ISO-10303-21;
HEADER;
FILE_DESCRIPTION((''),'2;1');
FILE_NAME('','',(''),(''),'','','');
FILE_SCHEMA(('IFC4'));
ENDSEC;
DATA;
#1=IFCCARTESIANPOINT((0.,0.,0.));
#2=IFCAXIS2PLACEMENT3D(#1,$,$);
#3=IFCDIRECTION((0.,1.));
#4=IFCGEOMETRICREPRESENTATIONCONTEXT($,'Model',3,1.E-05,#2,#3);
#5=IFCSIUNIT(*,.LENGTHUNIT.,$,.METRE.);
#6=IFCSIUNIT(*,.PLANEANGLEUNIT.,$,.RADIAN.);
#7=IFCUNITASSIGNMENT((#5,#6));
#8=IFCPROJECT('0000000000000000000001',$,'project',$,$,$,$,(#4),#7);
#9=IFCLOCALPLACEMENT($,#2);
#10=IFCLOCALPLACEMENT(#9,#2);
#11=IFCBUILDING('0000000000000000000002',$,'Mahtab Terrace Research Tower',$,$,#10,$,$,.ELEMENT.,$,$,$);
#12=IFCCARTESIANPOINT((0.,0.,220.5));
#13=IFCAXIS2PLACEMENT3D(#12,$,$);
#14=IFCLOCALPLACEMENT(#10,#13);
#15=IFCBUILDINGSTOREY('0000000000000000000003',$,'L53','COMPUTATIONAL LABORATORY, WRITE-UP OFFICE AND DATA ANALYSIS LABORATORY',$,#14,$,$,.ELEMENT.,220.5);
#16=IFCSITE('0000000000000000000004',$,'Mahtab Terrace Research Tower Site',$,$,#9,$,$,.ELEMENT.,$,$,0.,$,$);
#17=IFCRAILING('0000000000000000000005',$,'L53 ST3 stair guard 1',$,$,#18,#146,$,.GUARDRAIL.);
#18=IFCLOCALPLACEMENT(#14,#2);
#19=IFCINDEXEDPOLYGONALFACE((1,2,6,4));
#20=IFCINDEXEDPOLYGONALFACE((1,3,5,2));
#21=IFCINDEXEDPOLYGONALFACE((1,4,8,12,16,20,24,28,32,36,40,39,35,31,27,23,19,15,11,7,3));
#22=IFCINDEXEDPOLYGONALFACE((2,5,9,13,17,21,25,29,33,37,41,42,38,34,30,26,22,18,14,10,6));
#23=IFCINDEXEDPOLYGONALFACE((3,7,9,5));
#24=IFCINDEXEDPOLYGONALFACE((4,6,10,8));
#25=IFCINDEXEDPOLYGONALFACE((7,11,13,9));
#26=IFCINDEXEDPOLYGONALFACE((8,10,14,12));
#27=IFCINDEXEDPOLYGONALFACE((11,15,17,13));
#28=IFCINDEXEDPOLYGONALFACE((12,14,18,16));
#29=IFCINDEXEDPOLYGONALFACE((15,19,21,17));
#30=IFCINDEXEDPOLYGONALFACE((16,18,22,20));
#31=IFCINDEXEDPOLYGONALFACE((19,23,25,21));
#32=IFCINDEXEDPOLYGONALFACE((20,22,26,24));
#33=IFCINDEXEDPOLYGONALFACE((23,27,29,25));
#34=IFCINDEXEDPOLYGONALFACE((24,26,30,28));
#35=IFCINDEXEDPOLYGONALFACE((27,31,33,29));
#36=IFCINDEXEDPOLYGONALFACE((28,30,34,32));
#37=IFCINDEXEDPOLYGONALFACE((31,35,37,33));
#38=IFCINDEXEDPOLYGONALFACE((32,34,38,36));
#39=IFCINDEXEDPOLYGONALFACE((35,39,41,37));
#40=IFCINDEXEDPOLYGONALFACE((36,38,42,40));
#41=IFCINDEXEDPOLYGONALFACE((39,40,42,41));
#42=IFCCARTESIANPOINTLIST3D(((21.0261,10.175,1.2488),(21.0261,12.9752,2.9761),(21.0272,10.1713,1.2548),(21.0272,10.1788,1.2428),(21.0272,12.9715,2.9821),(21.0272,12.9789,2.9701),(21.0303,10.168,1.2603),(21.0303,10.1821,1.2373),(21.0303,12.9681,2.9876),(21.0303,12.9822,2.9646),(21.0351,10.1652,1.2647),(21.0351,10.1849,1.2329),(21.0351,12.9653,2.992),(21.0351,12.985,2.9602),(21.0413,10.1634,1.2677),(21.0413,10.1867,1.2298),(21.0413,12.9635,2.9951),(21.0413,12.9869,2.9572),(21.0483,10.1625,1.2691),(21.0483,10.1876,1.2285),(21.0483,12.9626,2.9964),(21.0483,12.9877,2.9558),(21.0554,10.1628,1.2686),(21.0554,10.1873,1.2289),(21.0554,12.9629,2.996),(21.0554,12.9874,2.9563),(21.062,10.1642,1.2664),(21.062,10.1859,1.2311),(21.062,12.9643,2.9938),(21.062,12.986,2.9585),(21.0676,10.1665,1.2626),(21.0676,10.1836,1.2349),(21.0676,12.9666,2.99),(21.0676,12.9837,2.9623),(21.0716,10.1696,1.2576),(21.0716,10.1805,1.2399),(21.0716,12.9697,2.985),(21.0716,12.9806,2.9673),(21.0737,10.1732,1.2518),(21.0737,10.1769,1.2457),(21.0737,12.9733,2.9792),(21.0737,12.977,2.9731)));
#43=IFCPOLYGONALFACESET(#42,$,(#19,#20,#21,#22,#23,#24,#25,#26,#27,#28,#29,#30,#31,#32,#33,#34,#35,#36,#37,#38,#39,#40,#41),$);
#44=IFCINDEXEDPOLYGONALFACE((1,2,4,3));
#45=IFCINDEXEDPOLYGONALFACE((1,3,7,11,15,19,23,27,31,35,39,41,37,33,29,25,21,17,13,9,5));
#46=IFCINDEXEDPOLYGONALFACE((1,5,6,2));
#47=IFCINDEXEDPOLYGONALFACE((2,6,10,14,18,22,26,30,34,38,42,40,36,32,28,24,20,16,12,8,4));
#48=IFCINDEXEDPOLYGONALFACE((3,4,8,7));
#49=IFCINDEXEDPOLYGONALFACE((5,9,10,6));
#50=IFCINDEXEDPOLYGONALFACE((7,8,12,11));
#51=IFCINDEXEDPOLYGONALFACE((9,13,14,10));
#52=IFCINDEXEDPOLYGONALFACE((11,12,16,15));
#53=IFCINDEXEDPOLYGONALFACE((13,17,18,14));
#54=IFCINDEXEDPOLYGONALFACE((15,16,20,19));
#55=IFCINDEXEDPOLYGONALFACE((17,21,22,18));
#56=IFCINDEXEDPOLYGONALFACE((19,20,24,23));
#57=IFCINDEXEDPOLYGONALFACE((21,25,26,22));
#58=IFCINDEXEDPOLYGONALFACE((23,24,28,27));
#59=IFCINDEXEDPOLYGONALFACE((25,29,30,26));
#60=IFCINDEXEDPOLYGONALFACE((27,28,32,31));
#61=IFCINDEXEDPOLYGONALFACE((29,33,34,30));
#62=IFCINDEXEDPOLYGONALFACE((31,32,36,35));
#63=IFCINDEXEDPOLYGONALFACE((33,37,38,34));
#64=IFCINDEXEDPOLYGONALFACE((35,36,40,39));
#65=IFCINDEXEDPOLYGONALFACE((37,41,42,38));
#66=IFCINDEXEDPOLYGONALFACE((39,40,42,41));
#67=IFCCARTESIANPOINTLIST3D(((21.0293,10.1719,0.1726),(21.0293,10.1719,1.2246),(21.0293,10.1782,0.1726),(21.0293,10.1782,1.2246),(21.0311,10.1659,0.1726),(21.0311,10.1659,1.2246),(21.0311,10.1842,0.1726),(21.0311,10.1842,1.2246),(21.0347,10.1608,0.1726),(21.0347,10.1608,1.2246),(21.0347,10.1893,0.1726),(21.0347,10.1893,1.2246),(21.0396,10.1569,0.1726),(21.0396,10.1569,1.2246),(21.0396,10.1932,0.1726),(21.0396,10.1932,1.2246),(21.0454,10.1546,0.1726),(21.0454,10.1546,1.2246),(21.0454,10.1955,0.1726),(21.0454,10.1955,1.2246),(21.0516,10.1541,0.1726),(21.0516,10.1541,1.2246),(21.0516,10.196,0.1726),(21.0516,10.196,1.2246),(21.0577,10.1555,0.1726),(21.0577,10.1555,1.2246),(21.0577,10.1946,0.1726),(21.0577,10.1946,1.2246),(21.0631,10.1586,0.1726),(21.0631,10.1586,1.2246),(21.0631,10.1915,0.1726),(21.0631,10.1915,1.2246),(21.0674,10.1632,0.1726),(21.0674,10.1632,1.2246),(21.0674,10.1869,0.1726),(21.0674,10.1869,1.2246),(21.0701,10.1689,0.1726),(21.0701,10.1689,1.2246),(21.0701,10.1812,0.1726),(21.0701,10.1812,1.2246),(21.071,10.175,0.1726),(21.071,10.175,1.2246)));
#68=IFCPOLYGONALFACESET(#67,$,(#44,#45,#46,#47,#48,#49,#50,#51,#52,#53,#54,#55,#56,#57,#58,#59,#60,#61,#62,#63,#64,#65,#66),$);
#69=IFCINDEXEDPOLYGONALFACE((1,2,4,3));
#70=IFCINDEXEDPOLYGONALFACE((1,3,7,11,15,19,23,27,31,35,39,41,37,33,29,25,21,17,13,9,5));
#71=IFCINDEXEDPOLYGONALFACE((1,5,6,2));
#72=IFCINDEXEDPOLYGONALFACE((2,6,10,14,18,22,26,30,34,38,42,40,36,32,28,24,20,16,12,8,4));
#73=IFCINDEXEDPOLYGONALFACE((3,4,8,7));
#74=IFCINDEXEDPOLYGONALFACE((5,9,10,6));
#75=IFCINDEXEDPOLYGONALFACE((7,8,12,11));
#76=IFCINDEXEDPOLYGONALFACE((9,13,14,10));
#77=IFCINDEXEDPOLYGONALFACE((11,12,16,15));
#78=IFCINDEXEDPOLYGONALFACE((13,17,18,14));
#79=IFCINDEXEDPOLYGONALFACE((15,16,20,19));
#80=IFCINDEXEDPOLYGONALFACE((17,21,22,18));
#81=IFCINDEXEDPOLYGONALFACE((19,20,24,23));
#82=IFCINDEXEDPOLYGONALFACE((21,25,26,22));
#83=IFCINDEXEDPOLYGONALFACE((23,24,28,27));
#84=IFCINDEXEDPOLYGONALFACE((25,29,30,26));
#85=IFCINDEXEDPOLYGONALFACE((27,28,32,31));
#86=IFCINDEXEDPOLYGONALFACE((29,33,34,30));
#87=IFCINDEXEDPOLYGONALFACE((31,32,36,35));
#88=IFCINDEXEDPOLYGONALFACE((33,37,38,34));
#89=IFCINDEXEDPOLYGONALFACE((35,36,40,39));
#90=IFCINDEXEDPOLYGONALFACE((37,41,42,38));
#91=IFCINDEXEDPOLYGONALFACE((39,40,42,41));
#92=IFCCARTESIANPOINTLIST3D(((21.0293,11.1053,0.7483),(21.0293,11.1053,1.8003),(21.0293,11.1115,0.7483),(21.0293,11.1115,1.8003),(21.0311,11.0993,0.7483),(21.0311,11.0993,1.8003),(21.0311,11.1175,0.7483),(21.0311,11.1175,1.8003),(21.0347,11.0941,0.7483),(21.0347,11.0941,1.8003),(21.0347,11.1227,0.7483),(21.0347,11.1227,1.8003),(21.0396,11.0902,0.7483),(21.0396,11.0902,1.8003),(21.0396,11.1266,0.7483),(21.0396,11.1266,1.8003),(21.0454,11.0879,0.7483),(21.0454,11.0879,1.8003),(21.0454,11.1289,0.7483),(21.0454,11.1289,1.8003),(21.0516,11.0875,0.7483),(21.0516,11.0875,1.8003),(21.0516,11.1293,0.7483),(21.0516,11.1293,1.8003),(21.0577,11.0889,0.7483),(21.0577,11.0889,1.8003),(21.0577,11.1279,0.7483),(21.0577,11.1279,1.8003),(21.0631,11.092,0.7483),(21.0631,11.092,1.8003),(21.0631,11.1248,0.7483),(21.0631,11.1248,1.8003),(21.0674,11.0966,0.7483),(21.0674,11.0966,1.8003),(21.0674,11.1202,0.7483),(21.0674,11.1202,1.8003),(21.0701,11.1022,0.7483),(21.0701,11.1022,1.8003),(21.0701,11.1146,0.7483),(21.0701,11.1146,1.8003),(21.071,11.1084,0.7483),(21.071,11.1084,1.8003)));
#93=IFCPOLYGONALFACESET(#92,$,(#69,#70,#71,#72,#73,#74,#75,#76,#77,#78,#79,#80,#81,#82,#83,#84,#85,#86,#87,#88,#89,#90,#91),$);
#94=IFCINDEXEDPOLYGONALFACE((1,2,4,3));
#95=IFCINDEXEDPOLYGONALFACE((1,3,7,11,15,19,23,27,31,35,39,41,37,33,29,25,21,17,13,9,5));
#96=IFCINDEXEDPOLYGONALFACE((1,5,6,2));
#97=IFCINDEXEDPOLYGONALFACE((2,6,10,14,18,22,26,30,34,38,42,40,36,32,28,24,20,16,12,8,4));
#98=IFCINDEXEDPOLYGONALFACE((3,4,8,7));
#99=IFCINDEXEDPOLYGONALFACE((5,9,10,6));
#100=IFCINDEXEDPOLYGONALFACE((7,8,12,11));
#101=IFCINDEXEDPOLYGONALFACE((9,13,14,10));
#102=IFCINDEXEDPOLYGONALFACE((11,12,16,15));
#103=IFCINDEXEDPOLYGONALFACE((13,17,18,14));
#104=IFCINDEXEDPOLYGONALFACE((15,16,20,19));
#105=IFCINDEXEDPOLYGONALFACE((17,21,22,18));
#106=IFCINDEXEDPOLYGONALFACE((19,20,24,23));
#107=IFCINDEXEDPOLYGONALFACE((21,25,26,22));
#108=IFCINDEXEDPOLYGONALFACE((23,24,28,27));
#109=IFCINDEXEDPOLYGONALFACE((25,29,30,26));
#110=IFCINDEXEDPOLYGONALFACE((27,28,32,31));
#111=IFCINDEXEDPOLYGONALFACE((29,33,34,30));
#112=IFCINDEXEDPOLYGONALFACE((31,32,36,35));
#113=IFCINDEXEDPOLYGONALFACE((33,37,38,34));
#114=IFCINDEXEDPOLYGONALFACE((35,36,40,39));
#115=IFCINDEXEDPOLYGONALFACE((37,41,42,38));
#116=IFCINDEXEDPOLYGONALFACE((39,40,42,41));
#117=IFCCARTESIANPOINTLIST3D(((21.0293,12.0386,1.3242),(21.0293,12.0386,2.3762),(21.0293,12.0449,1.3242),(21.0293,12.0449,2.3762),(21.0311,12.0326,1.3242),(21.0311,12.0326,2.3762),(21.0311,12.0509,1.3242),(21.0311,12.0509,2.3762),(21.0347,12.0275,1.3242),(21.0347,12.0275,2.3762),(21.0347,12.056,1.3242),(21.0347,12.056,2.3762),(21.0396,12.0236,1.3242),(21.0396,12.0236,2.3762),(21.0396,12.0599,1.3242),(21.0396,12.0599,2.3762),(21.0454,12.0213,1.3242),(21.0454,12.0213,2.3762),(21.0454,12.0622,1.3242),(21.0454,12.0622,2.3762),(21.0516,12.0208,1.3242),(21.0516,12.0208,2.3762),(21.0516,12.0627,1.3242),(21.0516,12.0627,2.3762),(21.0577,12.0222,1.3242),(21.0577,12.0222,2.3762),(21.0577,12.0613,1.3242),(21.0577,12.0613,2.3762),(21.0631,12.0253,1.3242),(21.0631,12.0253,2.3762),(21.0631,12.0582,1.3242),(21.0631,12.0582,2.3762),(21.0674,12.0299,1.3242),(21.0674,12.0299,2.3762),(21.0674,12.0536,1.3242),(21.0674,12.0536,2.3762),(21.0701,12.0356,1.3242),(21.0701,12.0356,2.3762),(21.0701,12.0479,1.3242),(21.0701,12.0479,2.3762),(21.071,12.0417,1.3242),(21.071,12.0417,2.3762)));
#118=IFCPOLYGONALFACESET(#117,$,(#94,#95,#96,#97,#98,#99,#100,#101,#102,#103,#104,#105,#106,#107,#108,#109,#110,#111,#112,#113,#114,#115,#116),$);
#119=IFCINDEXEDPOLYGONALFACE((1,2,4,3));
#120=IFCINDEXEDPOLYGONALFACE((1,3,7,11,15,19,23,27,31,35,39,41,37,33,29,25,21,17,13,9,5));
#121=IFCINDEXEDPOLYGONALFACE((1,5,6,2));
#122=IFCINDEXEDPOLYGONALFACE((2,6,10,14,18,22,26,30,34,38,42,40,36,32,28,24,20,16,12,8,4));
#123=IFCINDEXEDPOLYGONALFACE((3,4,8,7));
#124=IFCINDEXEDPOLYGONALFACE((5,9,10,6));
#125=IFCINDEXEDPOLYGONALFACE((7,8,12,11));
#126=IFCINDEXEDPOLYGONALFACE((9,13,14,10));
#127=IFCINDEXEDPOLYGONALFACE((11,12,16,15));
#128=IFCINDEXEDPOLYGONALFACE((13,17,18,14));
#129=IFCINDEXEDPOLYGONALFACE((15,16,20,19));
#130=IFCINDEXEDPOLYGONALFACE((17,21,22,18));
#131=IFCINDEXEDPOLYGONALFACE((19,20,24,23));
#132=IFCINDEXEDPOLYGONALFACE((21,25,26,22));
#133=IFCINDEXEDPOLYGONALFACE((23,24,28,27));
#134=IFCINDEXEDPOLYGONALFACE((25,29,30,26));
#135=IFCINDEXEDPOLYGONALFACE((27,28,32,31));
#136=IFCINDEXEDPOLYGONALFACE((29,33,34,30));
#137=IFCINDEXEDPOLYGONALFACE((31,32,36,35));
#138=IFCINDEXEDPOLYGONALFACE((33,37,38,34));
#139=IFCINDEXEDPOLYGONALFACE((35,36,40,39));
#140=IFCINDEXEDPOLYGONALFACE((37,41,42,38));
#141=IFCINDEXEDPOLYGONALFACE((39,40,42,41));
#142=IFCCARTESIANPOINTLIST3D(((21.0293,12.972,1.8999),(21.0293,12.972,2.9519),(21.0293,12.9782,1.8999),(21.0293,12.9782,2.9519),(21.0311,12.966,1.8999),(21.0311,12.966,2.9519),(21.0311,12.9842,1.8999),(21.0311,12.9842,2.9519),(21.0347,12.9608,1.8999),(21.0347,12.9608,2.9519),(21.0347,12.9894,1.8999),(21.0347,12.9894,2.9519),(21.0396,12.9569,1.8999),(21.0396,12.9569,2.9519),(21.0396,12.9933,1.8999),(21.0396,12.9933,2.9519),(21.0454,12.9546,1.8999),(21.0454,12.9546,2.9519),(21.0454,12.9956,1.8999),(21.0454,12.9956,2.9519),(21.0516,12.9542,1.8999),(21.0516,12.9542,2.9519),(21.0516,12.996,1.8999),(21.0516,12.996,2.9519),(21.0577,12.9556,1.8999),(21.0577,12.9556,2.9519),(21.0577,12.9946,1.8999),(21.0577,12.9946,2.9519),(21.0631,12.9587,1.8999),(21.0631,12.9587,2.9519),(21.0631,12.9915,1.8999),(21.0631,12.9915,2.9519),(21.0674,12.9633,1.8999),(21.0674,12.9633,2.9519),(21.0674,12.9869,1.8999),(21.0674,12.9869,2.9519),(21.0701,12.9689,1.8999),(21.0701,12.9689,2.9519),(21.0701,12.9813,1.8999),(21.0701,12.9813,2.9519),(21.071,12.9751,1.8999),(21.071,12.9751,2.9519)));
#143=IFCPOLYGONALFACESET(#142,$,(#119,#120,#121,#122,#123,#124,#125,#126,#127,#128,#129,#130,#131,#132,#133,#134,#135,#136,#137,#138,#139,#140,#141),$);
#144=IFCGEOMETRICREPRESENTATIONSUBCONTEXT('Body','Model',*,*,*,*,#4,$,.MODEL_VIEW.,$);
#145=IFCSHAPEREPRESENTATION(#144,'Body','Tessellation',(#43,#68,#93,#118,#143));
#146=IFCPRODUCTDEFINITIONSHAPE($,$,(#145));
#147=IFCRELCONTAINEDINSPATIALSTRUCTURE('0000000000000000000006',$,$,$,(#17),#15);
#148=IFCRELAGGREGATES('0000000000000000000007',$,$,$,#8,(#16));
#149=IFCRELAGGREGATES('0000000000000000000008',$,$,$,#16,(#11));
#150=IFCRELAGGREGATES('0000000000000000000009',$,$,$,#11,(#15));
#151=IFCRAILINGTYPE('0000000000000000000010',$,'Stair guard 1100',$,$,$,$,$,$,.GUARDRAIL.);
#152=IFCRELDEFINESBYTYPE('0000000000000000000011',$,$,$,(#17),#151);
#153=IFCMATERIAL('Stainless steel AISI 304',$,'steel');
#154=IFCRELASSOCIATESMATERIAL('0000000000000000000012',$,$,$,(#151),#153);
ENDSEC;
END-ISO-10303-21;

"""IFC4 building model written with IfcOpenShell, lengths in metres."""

from ifc_helpers import new_model, si_unit, direction, frame, origin, origin_2d, place, context, subcontext, project, spatial, circle, extrude, material, type_object, element, save


model = new_model("IFC4")

# Units and contexts
model_context = context("Model", 3, precision=1e-05, world=origin(), true_north=direction((0.0, 1.0)))
body_context = subcontext(model_context, "Body", "Model", "MODEL_VIEW")
ifc_project = project(units=[si_unit("LENGTHUNIT", "METRE"), si_unit("PLANEANGLEUNIT", "RADIAN")], contexts=[model_context])

# Site, building, storey
site_placement = place(None, origin())
site = spatial("IfcSite", under=ifc_project, at=site_placement, Name="Mahtab Terrace Research Tower Site", CompositionType="ELEMENT", RefElevation=0.0)
building_placement = place(site_placement, origin())
building = spatial("IfcBuilding", under=site, at=building_placement, Name="Mahtab Terrace Research Tower", CompositionType="ELEMENT")
storey_placement = place(building_placement, frame((0.0, 0.0, 220.5)))
storey = spatial("IfcBuildingStorey", under=building, at=storey_placement, Name="L53", Description="COMPUTATIONAL LABORATORY, WRITE-UP OFFICE AND DATA ANALYSIS LABORATORY", CompositionType="ELEMENT", Elevation=220.5)

# Railing
ifc_material_1 = material(Name="Stainless steel AISI 304", Category="steel")
railing_type_1 = type_object("IfcRailingType", Name="Stair guard 1100", PredefinedType="GUARDRAIL", material=ifc_material_1)
railing_1_placement = place(storey_placement, frame((21.05, 10.175, 0.1726)))
element("IfcRailing", 1, at=railing_1_placement, inside=storey, type_object=railing_type_1, Name="L53 ST3 stair guard 1", PredefinedType="GUARDRAIL", context=body_context, shape_type="SweptSolid", body=[
    extrude(circle(Radius=0.0239, at=origin_2d()), frame((0.0, 0.0, 1.0762), z_axis=(0.0, 0.85109, 0.52502), x_axis=(-1.0, 0.0, 0.0)), (0.0, 0.0, 1.0), 3.29),
    extrude(circle(Radius=0.021, at=origin_2d()), origin(), (0.0, 0.0, 1.0), 1.052),
    extrude(circle(Radius=0.021, at=origin_2d()), frame((0.0, 0.9333, 0.5757)), (0.0, 0.0, 1.0), 1.052),
    extrude(circle(Radius=0.021, at=origin_2d()), frame((0.0, 1.8667, 1.1516)), (0.0, 0.0, 1.0), 1.052),
    extrude(circle(Radius=0.021, at=origin_2d()), frame((0.0, 2.8, 1.7273)), (0.0, 0.0, 1.0), 1.052),
])

save(model, "model.ifc")
